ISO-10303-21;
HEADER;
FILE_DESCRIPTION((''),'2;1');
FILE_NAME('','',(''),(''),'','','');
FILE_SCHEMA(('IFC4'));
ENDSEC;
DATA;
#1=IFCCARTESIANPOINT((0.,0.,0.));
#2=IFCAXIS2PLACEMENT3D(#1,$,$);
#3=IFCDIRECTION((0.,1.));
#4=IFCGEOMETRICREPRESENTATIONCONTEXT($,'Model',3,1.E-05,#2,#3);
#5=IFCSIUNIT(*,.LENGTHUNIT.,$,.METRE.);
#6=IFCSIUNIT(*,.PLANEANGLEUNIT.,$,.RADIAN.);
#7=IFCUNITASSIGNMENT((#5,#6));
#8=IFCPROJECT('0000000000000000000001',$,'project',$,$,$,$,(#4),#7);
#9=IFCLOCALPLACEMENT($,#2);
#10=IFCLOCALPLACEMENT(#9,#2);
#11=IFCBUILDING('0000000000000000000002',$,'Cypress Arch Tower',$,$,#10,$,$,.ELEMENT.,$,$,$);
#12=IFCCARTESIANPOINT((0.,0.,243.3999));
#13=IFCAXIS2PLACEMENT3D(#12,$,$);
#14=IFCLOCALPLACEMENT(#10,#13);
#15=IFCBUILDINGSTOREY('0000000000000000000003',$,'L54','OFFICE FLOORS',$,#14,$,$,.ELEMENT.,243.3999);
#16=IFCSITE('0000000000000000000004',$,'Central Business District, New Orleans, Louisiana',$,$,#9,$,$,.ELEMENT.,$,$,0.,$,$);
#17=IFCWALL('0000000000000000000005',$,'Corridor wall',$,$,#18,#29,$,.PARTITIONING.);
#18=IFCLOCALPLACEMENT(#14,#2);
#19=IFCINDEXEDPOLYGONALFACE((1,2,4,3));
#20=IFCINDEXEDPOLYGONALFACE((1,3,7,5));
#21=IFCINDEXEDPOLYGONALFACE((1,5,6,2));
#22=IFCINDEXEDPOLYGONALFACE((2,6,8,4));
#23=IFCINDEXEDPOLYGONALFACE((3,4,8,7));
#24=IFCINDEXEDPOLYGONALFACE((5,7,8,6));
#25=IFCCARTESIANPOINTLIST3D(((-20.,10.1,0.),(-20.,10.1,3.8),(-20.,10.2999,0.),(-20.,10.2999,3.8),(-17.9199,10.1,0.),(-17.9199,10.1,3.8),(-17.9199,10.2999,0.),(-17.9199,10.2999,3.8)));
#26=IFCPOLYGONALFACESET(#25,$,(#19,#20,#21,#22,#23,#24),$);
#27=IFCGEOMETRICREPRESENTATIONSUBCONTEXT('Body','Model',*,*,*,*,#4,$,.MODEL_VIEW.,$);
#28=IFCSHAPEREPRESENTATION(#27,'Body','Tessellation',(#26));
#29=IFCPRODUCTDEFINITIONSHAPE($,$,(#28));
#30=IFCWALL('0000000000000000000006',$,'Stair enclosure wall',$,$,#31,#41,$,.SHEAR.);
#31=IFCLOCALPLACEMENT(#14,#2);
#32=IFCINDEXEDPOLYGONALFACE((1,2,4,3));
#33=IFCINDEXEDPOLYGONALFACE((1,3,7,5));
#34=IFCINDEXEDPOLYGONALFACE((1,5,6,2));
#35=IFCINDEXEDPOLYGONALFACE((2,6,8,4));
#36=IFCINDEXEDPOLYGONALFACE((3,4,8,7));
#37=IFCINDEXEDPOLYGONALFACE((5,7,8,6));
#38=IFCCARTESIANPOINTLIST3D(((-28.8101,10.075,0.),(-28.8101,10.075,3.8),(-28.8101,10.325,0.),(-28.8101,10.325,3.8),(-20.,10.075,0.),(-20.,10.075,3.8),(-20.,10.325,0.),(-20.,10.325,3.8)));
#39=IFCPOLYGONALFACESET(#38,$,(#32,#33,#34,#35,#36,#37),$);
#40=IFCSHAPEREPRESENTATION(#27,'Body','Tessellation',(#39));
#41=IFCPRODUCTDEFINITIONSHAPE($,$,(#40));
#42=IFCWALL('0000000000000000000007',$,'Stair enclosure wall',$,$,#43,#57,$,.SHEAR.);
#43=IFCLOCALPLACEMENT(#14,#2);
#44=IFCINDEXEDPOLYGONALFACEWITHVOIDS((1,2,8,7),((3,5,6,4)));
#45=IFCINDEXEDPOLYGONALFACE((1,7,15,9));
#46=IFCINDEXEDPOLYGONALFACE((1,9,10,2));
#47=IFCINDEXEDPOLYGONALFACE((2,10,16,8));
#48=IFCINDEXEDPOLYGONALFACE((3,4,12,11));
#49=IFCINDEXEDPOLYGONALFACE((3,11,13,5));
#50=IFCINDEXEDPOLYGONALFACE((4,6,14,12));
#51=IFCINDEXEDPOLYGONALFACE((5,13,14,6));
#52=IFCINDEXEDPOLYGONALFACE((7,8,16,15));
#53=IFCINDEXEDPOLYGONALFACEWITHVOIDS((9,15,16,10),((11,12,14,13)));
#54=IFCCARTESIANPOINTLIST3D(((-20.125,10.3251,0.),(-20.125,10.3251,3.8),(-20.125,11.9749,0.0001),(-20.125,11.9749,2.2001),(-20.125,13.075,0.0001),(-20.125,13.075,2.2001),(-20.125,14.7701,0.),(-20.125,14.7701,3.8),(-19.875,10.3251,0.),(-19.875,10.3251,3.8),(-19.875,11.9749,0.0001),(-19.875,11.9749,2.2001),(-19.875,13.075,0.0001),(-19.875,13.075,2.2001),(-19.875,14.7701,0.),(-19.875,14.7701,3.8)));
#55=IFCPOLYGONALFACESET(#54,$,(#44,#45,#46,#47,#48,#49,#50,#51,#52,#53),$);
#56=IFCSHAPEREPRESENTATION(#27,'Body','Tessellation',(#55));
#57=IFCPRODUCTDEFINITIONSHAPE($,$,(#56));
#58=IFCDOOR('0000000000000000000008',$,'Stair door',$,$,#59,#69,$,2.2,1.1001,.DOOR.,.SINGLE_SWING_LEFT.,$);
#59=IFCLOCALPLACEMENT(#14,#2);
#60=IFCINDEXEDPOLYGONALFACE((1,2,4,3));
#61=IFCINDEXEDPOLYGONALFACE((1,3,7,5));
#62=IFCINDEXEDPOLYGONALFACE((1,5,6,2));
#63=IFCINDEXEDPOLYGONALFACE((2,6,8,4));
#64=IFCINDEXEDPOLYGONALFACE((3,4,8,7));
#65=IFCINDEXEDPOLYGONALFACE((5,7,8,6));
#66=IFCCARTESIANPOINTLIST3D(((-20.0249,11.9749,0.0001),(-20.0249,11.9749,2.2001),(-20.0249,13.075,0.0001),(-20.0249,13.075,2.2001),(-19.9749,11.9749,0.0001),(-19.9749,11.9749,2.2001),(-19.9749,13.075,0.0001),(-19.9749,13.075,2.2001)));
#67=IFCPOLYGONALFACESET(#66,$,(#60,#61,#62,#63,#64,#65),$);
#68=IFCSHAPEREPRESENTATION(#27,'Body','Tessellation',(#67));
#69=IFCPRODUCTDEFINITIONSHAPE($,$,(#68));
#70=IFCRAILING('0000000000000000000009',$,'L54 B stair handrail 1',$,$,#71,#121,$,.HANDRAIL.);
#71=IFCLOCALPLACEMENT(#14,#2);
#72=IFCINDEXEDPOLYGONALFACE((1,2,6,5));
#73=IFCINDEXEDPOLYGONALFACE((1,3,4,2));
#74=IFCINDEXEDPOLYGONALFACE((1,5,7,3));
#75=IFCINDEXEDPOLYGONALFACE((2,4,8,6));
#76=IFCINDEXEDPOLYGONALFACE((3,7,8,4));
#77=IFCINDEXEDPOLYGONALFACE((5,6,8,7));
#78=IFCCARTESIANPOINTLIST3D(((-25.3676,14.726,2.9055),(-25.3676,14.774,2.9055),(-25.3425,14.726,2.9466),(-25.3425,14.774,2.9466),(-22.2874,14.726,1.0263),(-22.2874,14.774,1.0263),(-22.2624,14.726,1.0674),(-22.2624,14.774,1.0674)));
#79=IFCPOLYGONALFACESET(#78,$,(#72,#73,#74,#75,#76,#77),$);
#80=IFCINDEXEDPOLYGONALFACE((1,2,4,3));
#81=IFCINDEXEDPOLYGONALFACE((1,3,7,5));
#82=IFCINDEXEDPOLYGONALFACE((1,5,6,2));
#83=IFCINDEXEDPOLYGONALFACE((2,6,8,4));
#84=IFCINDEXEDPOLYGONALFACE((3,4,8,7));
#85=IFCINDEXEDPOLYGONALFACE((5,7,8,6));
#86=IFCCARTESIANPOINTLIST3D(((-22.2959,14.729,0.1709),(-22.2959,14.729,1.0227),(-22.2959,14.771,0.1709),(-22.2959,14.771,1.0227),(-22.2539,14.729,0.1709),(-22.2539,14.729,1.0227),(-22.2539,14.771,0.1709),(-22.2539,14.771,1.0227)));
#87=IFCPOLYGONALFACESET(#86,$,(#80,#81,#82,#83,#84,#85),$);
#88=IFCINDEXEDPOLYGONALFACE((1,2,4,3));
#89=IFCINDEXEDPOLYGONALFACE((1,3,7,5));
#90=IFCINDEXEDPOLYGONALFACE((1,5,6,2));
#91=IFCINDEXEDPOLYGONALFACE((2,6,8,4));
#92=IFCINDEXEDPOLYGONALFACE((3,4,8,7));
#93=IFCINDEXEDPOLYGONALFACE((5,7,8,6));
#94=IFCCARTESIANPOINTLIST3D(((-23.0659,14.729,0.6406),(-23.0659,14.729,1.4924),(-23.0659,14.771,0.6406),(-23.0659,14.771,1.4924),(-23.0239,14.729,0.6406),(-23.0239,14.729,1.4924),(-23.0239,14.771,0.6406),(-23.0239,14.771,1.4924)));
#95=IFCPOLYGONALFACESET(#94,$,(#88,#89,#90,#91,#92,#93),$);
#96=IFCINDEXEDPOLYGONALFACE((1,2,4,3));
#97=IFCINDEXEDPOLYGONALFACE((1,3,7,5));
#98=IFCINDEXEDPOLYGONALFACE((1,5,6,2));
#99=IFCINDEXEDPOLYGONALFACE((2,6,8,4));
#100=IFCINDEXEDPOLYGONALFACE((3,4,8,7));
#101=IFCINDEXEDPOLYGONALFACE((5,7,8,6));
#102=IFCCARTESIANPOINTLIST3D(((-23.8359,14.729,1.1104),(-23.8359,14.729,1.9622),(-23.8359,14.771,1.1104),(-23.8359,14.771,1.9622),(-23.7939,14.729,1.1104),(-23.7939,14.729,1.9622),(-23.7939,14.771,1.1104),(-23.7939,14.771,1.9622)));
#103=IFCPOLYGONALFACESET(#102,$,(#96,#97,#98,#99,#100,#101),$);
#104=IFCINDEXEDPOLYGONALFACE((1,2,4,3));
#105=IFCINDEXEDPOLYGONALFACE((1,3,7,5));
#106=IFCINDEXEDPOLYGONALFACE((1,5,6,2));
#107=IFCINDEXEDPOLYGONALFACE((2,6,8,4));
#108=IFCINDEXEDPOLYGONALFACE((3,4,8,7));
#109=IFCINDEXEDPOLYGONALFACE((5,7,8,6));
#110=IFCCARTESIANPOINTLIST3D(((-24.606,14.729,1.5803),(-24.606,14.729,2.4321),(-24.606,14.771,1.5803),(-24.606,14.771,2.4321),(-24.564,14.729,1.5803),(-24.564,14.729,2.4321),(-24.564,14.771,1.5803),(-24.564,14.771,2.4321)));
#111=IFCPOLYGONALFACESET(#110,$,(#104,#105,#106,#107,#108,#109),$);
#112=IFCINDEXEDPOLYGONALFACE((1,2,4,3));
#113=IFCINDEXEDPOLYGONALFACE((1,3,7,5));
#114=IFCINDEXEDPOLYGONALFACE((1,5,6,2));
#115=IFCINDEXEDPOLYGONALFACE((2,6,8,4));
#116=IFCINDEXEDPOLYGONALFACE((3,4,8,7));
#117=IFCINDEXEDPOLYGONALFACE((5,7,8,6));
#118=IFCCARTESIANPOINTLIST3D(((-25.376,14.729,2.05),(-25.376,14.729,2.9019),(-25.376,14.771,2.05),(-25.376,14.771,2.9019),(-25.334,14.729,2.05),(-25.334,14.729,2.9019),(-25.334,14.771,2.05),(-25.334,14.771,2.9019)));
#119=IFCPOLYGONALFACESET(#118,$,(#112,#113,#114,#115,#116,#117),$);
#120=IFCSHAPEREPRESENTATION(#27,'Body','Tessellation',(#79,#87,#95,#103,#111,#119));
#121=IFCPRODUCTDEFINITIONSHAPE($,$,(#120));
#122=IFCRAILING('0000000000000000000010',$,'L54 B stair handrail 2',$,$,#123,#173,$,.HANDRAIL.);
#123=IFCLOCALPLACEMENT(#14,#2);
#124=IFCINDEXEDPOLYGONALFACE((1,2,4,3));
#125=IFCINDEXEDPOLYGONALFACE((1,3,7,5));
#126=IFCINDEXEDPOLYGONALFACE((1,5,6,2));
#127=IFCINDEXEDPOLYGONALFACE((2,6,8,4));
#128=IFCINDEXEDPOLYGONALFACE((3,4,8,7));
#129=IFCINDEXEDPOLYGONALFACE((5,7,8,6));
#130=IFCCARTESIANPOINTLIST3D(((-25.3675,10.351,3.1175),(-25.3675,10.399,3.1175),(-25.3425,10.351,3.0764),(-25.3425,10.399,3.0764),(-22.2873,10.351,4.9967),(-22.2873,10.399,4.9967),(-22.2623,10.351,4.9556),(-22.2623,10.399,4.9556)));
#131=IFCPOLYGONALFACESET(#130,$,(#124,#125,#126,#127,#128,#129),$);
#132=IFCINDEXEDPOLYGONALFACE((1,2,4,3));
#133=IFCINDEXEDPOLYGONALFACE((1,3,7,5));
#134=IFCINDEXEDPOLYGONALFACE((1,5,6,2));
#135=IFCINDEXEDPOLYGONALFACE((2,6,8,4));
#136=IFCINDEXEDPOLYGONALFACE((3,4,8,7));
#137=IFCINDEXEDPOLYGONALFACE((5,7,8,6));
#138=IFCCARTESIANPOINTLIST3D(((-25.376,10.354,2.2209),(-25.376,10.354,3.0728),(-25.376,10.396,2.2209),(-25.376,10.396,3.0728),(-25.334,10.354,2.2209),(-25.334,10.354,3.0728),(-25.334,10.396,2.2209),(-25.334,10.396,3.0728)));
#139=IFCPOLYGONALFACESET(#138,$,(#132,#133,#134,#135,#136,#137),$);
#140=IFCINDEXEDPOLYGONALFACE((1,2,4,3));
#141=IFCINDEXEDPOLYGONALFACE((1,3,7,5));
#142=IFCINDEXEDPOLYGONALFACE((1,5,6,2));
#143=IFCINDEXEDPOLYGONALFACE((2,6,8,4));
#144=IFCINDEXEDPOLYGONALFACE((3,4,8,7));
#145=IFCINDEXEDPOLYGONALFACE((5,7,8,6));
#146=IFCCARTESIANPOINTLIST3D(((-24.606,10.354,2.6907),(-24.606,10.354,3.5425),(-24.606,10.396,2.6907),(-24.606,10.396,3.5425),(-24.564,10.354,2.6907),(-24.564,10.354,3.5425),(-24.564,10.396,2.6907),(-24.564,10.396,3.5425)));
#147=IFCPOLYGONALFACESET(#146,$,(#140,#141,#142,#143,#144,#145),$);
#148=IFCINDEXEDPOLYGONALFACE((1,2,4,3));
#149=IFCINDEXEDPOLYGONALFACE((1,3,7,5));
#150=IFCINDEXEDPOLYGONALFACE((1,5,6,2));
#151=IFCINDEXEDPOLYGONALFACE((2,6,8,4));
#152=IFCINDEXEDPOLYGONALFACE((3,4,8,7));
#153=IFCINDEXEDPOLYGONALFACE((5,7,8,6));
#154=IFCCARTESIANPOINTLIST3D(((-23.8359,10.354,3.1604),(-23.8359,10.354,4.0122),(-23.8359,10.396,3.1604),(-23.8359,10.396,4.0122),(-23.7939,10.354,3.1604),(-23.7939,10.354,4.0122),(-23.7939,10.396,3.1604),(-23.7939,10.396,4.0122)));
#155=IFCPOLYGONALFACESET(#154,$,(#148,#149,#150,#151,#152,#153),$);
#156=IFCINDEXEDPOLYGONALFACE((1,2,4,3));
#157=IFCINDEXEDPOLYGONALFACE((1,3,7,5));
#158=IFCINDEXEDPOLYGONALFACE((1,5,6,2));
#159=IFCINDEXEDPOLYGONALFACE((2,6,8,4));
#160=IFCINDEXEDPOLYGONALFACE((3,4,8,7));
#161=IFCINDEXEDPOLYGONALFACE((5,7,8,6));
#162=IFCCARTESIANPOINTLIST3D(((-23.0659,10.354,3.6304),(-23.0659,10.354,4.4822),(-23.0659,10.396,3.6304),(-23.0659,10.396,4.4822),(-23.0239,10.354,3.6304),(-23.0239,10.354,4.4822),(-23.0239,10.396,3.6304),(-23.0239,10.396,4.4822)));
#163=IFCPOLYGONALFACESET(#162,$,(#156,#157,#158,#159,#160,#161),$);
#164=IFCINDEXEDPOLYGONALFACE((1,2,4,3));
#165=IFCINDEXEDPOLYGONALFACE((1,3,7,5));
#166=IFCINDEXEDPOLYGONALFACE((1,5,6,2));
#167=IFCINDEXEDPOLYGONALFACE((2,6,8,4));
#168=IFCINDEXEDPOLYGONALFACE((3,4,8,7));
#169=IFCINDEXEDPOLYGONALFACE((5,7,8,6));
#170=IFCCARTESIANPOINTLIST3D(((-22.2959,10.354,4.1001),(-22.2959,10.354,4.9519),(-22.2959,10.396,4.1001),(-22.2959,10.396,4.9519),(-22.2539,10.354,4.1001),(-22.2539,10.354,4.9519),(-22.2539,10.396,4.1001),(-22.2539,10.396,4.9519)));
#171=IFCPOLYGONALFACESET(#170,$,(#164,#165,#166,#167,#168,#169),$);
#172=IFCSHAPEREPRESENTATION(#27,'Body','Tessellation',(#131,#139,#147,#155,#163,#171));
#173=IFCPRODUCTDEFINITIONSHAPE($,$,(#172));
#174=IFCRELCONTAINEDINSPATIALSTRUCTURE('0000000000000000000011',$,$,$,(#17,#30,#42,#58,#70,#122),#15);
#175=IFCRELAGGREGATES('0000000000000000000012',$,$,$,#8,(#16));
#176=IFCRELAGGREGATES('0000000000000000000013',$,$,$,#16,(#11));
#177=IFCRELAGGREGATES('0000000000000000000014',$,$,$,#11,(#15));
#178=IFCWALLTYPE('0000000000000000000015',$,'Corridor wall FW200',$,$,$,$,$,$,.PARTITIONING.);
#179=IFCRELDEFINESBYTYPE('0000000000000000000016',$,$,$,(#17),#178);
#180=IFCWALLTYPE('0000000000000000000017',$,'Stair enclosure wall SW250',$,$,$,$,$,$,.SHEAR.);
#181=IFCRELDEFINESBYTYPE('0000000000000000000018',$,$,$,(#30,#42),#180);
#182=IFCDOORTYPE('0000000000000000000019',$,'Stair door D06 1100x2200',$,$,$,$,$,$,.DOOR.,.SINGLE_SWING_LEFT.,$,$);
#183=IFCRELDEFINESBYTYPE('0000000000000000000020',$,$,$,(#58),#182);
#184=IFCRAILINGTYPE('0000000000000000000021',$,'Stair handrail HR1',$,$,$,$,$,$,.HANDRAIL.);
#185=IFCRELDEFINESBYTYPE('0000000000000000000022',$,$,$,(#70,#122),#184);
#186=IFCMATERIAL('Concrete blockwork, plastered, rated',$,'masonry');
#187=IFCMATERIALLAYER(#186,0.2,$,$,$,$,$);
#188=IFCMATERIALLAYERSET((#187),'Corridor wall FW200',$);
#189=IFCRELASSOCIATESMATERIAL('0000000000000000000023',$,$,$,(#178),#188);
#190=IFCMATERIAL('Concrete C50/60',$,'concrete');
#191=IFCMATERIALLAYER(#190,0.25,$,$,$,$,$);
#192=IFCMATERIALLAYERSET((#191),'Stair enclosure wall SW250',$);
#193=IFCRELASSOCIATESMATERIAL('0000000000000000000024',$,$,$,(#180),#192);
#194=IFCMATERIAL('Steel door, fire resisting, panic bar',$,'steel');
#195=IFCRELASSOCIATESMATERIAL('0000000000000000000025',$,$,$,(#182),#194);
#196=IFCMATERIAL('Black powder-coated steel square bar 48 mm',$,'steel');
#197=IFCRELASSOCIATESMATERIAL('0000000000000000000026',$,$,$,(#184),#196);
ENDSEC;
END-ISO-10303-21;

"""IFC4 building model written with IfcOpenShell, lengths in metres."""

from ifc_helpers import new_model, si_unit, direction, frame, frame_2d, origin, origin_2d, place, context, subcontext, project, spatial, rectangle, extrude, material, layer, layer_set, type_object, element, fill, save


model = new_model("IFC4")

# Units and contexts
model_context = context("Model", 3, precision=1e-05, world=origin(), true_north=direction((0.0, 1.0)))
body_context = subcontext(model_context, "Body", "Model", "MODEL_VIEW")
ifc_project = project(units=[si_unit("LENGTHUNIT", "METRE"), si_unit("PLANEANGLEUNIT", "RADIAN")], contexts=[model_context])

# Site, building, storey
site_placement = place(None, origin())
site = spatial("IfcSite", under=ifc_project, at=site_placement, Name="Central Business District, New Orleans, Louisiana", CompositionType="ELEMENT", RefElevation=0.0)
building_placement = place(site_placement, origin())
building = spatial("IfcBuilding", under=site, at=building_placement, Name="Cypress Arch Tower", CompositionType="ELEMENT")
storey_placement = place(building_placement, frame((0.0, 0.0, 243.3999)))
storey = spatial("IfcBuildingStorey", under=building, at=storey_placement, Name="L54", Description="OFFICE FLOORS", CompositionType="ELEMENT", Elevation=243.3999)

# Walls
ifc_material_1 = material(Name="Concrete blockwork, plastered, rated", Category="masonry")
ifc_layer_1 = layer(ifc_material_1, 0.2)
ifc_layer_set_1 = layer_set([ifc_layer_1], Name="Corridor wall FW200")
wall_type_1 = type_object("IfcWallType", Name="Corridor wall FW200", PredefinedType="PARTITIONING", material=ifc_layer_set_1)
wall_1_placement = place(storey_placement, frame((-20.0, 10.2, 0.0), z_axis=(0.0, 0.0, 1.0), x_axis=(1.0, 0.0, 0.0)))
element("IfcWall", 1, at=wall_1_placement, inside=storey, type_object=wall_type_1, Name="Corridor wall", PredefinedType="PARTITIONING", context=body_context, shape_type="SweptSolid", body=[
    extrude(rectangle(XDim=2.0801, YDim=0.2, at=frame_2d((1.04, 0.0))), origin(), (0.0, 0.0, 1.0), 3.8),
])
ifc_material_2 = material(Name="Concrete C50/60", Category="concrete")
ifc_layer_2 = layer(ifc_material_2, 0.25)
ifc_layer_set_2 = layer_set([ifc_layer_2], Name="Stair enclosure wall SW250")
wall_type_2 = type_object("IfcWallType", Name="Stair enclosure wall SW250", PredefinedType="SHEAR", material=ifc_layer_set_2)
wall_2_placement = place(storey_placement, frame((-28.8101, 10.2, 0.0), z_axis=(0.0, 0.0, 1.0), x_axis=(1.0, 0.0, 0.0)))
element("IfcWall", 2, at=wall_2_placement, inside=storey, type_object=wall_type_2, Name="Stair enclosure wall", PredefinedType="SHEAR", context=body_context, shape_type="SweptSolid", body=[
    extrude(rectangle(XDim=8.8101, YDim=0.25, at=frame_2d((4.405, 0.0))), origin(), (0.0, 0.0, 1.0), 3.8),
])

# Wall, opening, door
wall_3_placement = place(storey_placement, frame((-20.0, 10.325, 0.0), z_axis=(0.0, 0.0, 1.0), x_axis=(0.0, 1.0, 0.0)))
wall_3 = element("IfcWall", 3, at=wall_3_placement, inside=storey, type_object=wall_type_2, Name="Stair enclosure wall", PredefinedType="SHEAR", context=body_context, shape_type="SweptSolid", body=[
    extrude(rectangle(XDim=4.4451, YDim=0.25, at=frame_2d((2.2227, 0.0))), origin(), (0.0, 0.0, 1.0), 3.8),
])
opening_1_placement = place(wall_3_placement, frame((1.6499, 0.0, 0.0)))
opening_1 = element("IfcOpeningElement", 4, at=opening_1_placement, cuts=wall_3, PredefinedType="OPENING", context=body_context, shape_type="SweptSolid", body=[
    extrude(rectangle(XDim=1.1001, YDim=2.2, at=frame_2d((0.55, 1.1001))), frame((0.0, 0.135, 0.0), z_axis=(0.0, -1.0, 0.0), x_axis=(1.0, 0.0, 0.0)), (0.0, 0.0, 1.0), 0.27),
])
ifc_material_3 = material(Name="Steel door, fire resisting, panic bar", Category="steel")
door_type = type_object("IfcDoorType", Name="Stair door D06 1100x2200", OperationType="SINGLE_SWING_LEFT", PredefinedType="DOOR", material=ifc_material_3)
door_placement = place(opening_1_placement, origin())
door = element("IfcDoor", 5, at=door_placement, inside=storey, type_object=door_type, Name="Stair door", OperationType="SINGLE_SWING_LEFT", OverallHeight=2.2, OverallWidth=1.1001, PredefinedType="DOOR", context=body_context, shape_type="SweptSolid", body=[
    extrude(rectangle(XDim=1.1001, YDim=2.2, at=frame_2d((0.55, 1.1001))), frame((0.0, 0.0249, 0.0), z_axis=(0.0, -1.0, 0.0), x_axis=(1.0, 0.0, 0.0)), (0.0, 0.0, 1.0), 0.05),
])
fill(opening_1, door)

# Railings
ifc_material_4 = material(Name="Black powder-coated steel square bar 48 mm", Category="steel")
railing_type_1 = type_object("IfcRailingType", Name="Stair handrail HR1", PredefinedType="HANDRAIL", material=ifc_material_4)
railing_1_placement = place(storey_placement, frame((-22.2749, 14.75, 0.1709)))
element("IfcRailing", 6, at=railing_1_placement, inside=storey, type_object=railing_type_1, Name="L54 B stair handrail 1", PredefinedType="HANDRAIL", context=body_context, shape_type="SweptSolid", body=[
    extrude(rectangle(XDim=0.0481, YDim=0.0481, at=origin_2d()), frame((0.0, 0.0, 0.876), z_axis=(-0.853666, 0.0, 0.52082), x_axis=(0.0, -1.0, 0.0)), (0.0, 0.0, 1.0), 3.6082),
    extrude(rectangle(XDim=0.042, YDim=0.042, at=origin_2d()), origin(), (0.0, 0.0, 1.0), 0.8518),
    extrude(rectangle(XDim=0.042, YDim=0.042, at=origin_2d()), frame((-0.77, 0.0, 0.4697)), (0.0, 0.0, 1.0), 0.8518),
    extrude(rectangle(XDim=0.042, YDim=0.042, at=origin_2d()), frame((-1.54, 0.0, 0.9395)), (0.0, 0.0, 1.0), 0.8518),
    extrude(rectangle(XDim=0.042, YDim=0.042, at=origin_2d()), frame((-2.3101, 0.0, 1.4094)), (0.0, 0.0, 1.0), 0.8518),
    extrude(rectangle(XDim=0.042, YDim=0.042, at=origin_2d()), frame((-3.0801, 0.0, 1.8792)), (0.0, 0.0, 1.0), 0.8518),
])
railing_2_placement = place(storey_placement, frame((-25.355, 10.375, 2.2209)))
element("IfcRailing", 7, at=railing_2_placement, inside=storey, type_object=railing_type_1, Name="L54 B stair handrail 2", PredefinedType="HANDRAIL", context=body_context, shape_type="SweptSolid", body=[
    extrude(rectangle(XDim=0.0481, YDim=0.0481, at=origin_2d()), frame((0.0, 0.0, 0.876), z_axis=(0.853666, 0.0, 0.52082), x_axis=(0.0, 1.0, 0.0)), (0.0, 0.0, 1.0), 3.6082),
    extrude(rectangle(XDim=0.042, YDim=0.042, at=origin_2d()), origin(), (0.0, 0.0, 1.0), 0.8518),
    extrude(rectangle(XDim=0.042, YDim=0.042, at=origin_2d()), frame((0.77, 0.0, 0.4697)), (0.0, 0.0, 1.0), 0.8518),
    extrude(rectangle(XDim=0.042, YDim=0.042, at=origin_2d()), frame((1.54, 0.0, 0.9395)), (0.0, 0.0, 1.0), 0.8518),
    extrude(rectangle(XDim=0.042, YDim=0.042, at=origin_2d()), frame((2.3101, 0.0, 1.4094)), (0.0, 0.0, 1.0), 0.8518),
    extrude(rectangle(XDim=0.042, YDim=0.042, at=origin_2d()), frame((3.0801, 0.0, 1.8792)), (0.0, 0.0, 1.0), 0.8518),
])

save(model, "model.ifc")
